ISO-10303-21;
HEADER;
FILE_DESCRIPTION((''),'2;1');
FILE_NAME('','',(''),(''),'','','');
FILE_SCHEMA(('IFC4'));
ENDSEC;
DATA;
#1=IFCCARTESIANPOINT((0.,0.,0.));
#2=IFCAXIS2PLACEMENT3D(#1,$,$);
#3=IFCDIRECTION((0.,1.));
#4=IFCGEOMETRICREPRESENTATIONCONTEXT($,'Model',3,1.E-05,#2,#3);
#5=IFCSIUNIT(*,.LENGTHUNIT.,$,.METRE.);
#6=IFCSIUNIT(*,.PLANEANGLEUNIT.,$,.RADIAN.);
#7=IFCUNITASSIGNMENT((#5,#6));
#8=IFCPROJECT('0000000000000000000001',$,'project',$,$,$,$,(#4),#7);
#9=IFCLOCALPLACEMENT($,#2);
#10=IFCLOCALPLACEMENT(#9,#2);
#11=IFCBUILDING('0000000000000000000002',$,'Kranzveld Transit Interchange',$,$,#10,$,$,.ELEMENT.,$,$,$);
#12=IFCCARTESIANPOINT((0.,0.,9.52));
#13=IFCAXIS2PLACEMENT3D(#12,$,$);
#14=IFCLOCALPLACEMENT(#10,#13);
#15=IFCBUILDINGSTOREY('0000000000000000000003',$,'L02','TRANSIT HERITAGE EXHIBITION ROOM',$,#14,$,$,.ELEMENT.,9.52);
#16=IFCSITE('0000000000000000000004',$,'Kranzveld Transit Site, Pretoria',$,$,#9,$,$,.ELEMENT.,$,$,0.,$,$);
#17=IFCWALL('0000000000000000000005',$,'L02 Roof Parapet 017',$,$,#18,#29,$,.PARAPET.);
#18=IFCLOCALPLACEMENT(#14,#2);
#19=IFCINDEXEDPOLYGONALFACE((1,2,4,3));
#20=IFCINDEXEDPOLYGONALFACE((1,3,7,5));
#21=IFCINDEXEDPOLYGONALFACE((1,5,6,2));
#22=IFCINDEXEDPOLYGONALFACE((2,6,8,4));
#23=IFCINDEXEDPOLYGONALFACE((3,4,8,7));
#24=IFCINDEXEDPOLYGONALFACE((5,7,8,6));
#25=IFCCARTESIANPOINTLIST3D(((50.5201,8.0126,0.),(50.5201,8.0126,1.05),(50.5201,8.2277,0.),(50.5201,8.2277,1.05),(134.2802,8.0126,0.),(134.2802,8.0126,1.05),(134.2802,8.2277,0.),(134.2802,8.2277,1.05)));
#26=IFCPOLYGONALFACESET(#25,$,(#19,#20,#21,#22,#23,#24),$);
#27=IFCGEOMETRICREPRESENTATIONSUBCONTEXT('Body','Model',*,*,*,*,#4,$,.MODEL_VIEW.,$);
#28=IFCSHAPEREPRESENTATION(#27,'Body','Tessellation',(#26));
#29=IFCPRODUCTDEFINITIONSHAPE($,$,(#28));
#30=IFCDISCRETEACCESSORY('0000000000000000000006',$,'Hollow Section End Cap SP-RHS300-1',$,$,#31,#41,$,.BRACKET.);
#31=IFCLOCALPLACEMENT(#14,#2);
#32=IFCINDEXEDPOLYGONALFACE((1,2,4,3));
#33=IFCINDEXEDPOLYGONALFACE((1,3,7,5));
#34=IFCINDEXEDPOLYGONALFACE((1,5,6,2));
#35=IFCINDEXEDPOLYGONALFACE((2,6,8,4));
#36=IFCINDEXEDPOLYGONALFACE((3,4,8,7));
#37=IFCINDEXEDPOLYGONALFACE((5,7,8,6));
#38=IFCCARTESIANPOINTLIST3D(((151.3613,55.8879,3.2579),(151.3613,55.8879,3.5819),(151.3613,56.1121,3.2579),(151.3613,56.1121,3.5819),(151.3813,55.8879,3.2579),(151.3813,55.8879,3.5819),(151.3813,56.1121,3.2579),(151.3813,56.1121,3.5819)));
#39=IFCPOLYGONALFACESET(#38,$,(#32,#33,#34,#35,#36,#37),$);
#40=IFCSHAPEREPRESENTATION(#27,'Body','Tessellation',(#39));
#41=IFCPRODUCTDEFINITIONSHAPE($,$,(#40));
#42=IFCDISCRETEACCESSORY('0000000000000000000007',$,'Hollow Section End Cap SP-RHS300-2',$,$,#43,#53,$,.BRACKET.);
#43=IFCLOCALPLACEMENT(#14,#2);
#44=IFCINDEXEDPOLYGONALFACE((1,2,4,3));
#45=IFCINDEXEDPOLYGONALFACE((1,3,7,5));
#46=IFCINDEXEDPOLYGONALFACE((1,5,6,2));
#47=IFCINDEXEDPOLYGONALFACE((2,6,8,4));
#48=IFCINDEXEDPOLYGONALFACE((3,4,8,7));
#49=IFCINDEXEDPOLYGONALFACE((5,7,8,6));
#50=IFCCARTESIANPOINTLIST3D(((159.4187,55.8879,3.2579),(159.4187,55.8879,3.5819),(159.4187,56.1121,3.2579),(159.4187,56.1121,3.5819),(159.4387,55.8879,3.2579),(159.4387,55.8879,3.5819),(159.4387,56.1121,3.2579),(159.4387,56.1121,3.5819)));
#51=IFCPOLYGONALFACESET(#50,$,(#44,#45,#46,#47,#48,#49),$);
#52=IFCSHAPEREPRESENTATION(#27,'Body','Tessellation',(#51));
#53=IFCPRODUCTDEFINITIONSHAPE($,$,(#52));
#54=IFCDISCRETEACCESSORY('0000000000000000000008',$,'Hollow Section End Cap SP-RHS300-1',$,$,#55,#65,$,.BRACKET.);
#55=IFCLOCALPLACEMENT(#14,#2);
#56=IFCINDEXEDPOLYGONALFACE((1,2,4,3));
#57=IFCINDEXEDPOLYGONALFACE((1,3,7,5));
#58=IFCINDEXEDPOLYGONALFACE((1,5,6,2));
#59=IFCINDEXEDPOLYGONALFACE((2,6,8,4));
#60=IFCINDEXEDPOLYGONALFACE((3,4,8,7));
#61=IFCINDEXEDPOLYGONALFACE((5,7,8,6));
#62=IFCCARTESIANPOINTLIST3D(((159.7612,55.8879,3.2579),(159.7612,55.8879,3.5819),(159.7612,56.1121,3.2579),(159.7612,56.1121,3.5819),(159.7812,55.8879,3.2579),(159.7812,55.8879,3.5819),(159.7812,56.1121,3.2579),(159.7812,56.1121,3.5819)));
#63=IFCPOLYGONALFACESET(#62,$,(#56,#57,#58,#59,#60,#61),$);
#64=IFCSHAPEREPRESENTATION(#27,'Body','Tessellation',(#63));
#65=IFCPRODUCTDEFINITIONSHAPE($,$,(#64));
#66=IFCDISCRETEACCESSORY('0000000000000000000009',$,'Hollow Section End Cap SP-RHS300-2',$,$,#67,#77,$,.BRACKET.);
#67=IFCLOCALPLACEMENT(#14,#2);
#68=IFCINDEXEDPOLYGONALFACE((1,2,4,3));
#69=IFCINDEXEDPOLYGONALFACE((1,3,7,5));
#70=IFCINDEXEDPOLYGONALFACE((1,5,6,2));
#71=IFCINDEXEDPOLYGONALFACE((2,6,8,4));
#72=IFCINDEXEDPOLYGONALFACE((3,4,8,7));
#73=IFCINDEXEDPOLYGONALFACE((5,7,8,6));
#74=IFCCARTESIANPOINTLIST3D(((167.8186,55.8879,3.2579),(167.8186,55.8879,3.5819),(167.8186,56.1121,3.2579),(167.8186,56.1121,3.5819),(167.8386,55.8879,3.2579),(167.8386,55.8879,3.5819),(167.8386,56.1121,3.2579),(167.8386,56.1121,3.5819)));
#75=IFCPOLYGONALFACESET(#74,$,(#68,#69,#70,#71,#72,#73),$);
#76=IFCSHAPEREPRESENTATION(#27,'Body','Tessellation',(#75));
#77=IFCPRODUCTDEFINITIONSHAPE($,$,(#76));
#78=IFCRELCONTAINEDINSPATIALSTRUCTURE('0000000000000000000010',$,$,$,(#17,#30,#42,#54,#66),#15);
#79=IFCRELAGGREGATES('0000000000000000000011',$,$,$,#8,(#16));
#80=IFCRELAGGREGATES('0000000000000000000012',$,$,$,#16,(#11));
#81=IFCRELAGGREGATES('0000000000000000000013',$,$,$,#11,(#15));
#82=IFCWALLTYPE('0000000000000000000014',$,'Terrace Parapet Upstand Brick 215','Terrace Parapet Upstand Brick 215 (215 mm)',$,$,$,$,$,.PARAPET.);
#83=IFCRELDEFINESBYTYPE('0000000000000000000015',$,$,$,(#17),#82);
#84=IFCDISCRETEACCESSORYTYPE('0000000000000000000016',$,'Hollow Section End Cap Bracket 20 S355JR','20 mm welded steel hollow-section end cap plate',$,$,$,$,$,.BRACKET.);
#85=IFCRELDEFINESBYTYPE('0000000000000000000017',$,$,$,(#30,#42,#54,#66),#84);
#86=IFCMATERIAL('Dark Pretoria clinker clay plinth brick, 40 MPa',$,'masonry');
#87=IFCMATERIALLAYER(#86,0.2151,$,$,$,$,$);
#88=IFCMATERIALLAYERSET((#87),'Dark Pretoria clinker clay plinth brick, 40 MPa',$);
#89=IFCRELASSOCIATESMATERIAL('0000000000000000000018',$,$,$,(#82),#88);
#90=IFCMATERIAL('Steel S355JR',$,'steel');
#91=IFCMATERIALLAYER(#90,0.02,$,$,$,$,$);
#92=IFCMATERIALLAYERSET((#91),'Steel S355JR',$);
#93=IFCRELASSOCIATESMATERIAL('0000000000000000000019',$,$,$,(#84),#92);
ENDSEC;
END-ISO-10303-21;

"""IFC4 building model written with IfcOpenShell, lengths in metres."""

from ifc_helpers import new_model, si_unit, direction, frame, frame_2d, origin, origin_2d, place, context, subcontext, project, spatial, rectangle, extrude, material, layer, layer_set, type_object, element, save


model = new_model("IFC4")

# Units and contexts
model_context = context("Model", 3, precision=1e-05, world=origin(), true_north=direction((0.0, 1.0)))
body_context = subcontext(model_context, "Body", "Model", "MODEL_VIEW")
ifc_project = project(units=[si_unit("LENGTHUNIT", "METRE"), si_unit("PLANEANGLEUNIT", "RADIAN")], contexts=[model_context])

# Site, building, storey
site_placement = place(None, origin())
site = spatial("IfcSite", under=ifc_project, at=site_placement, Name="Kranzveld Transit Site, Pretoria", CompositionType="ELEMENT", RefElevation=0.0)
building_placement = place(site_placement, origin())
building = spatial("IfcBuilding", under=site, at=building_placement, Name="Kranzveld Transit Interchange", CompositionType="ELEMENT")
storey_placement = place(building_placement, frame((0.0, 0.0, 9.52)))
storey = spatial("IfcBuildingStorey", under=building, at=storey_placement, Name="L02", Description="TRANSIT HERITAGE EXHIBITION ROOM", CompositionType="ELEMENT", Elevation=9.52)

# Wall
ifc_material_1 = material(Name="Dark Pretoria clinker clay plinth brick, 40 MPa", Category="masonry")
ifc_layer_1 = layer(ifc_material_1, 0.2151)
ifc_layer_set_1 = layer_set([ifc_layer_1], Name="Dark Pretoria clinker clay plinth brick, 40 MPa")
wall_type_1 = type_object("IfcWallType", Name="Terrace Parapet Upstand Brick 215", Description="Terrace Parapet Upstand Brick 215 (215 mm)", PredefinedType="PARAPET", material=ifc_layer_set_1)
wall_1_placement = place(storey_placement, frame((134.28, 8.1201, 0.0), z_axis=(0.0, 0.0, 1.0), x_axis=(-1.0, 0.0, 0.0)))
element("IfcWall", 1, at=wall_1_placement, inside=storey, type_object=wall_type_1, Name="L02 Roof Parapet 017", PredefinedType="PARAPET", context=body_context, shape_type="SweptSolid", body=[
    extrude(rectangle(XDim=83.76, YDim=0.2151, at=frame_2d((41.8799, 0.0))), origin(), (0.0, 0.0, 1.0), 1.05),
])

# Discrete accessories
ifc_material_2 = material(Name="Steel S355JR", Category="steel")
ifc_layer_2 = layer(ifc_material_2, 0.02)
ifc_layer_set_2 = layer_set([ifc_layer_2], Name="Steel S355JR")
discrete_accessory_type = type_object("IfcDiscreteAccessoryType", Name="Hollow Section End Cap Bracket 20 S355JR", Description="20 mm welded steel hollow-section end cap plate", PredefinedType="BRACKET", material=ifc_layer_set_2)
for number, where, z_axis, x_axis, name in (
    (2, (151.3813, 56.0, 3.4199), (-1.0, 0.0, 0.0), (0.0, -1.0, 0.0), "Hollow Section End Cap SP-RHS300-1"),
    (3, (159.4187, 56.0, 3.4199), (1.0, 0.0, 0.0), (0.0, 1.0, 0.0), "Hollow Section End Cap SP-RHS300-2"),
    (4, (159.7812, 56.0, 3.4199), (-1.0, 0.0, 0.0), (0.0, -1.0, 0.0), "Hollow Section End Cap SP-RHS300-1"),
    (5, (167.8186, 56.0, 3.4199), (1.0, 0.0, 0.0), (0.0, 1.0, 0.0), "Hollow Section End Cap SP-RHS300-2"),
):
    element("IfcDiscreteAccessory", number, at=place(storey_placement, frame(where, z_axis=z_axis, x_axis=x_axis)), inside=storey, type_object=discrete_accessory_type, Name=name, PredefinedType="BRACKET", context=body_context, shape_type="SweptSolid", body=[
        extrude(rectangle(XDim=0.2241, YDim=0.324, at=origin_2d()), origin(), (0.0, 0.0, 1.0), 0.02),
    ])

save(model, "model.ifc")
